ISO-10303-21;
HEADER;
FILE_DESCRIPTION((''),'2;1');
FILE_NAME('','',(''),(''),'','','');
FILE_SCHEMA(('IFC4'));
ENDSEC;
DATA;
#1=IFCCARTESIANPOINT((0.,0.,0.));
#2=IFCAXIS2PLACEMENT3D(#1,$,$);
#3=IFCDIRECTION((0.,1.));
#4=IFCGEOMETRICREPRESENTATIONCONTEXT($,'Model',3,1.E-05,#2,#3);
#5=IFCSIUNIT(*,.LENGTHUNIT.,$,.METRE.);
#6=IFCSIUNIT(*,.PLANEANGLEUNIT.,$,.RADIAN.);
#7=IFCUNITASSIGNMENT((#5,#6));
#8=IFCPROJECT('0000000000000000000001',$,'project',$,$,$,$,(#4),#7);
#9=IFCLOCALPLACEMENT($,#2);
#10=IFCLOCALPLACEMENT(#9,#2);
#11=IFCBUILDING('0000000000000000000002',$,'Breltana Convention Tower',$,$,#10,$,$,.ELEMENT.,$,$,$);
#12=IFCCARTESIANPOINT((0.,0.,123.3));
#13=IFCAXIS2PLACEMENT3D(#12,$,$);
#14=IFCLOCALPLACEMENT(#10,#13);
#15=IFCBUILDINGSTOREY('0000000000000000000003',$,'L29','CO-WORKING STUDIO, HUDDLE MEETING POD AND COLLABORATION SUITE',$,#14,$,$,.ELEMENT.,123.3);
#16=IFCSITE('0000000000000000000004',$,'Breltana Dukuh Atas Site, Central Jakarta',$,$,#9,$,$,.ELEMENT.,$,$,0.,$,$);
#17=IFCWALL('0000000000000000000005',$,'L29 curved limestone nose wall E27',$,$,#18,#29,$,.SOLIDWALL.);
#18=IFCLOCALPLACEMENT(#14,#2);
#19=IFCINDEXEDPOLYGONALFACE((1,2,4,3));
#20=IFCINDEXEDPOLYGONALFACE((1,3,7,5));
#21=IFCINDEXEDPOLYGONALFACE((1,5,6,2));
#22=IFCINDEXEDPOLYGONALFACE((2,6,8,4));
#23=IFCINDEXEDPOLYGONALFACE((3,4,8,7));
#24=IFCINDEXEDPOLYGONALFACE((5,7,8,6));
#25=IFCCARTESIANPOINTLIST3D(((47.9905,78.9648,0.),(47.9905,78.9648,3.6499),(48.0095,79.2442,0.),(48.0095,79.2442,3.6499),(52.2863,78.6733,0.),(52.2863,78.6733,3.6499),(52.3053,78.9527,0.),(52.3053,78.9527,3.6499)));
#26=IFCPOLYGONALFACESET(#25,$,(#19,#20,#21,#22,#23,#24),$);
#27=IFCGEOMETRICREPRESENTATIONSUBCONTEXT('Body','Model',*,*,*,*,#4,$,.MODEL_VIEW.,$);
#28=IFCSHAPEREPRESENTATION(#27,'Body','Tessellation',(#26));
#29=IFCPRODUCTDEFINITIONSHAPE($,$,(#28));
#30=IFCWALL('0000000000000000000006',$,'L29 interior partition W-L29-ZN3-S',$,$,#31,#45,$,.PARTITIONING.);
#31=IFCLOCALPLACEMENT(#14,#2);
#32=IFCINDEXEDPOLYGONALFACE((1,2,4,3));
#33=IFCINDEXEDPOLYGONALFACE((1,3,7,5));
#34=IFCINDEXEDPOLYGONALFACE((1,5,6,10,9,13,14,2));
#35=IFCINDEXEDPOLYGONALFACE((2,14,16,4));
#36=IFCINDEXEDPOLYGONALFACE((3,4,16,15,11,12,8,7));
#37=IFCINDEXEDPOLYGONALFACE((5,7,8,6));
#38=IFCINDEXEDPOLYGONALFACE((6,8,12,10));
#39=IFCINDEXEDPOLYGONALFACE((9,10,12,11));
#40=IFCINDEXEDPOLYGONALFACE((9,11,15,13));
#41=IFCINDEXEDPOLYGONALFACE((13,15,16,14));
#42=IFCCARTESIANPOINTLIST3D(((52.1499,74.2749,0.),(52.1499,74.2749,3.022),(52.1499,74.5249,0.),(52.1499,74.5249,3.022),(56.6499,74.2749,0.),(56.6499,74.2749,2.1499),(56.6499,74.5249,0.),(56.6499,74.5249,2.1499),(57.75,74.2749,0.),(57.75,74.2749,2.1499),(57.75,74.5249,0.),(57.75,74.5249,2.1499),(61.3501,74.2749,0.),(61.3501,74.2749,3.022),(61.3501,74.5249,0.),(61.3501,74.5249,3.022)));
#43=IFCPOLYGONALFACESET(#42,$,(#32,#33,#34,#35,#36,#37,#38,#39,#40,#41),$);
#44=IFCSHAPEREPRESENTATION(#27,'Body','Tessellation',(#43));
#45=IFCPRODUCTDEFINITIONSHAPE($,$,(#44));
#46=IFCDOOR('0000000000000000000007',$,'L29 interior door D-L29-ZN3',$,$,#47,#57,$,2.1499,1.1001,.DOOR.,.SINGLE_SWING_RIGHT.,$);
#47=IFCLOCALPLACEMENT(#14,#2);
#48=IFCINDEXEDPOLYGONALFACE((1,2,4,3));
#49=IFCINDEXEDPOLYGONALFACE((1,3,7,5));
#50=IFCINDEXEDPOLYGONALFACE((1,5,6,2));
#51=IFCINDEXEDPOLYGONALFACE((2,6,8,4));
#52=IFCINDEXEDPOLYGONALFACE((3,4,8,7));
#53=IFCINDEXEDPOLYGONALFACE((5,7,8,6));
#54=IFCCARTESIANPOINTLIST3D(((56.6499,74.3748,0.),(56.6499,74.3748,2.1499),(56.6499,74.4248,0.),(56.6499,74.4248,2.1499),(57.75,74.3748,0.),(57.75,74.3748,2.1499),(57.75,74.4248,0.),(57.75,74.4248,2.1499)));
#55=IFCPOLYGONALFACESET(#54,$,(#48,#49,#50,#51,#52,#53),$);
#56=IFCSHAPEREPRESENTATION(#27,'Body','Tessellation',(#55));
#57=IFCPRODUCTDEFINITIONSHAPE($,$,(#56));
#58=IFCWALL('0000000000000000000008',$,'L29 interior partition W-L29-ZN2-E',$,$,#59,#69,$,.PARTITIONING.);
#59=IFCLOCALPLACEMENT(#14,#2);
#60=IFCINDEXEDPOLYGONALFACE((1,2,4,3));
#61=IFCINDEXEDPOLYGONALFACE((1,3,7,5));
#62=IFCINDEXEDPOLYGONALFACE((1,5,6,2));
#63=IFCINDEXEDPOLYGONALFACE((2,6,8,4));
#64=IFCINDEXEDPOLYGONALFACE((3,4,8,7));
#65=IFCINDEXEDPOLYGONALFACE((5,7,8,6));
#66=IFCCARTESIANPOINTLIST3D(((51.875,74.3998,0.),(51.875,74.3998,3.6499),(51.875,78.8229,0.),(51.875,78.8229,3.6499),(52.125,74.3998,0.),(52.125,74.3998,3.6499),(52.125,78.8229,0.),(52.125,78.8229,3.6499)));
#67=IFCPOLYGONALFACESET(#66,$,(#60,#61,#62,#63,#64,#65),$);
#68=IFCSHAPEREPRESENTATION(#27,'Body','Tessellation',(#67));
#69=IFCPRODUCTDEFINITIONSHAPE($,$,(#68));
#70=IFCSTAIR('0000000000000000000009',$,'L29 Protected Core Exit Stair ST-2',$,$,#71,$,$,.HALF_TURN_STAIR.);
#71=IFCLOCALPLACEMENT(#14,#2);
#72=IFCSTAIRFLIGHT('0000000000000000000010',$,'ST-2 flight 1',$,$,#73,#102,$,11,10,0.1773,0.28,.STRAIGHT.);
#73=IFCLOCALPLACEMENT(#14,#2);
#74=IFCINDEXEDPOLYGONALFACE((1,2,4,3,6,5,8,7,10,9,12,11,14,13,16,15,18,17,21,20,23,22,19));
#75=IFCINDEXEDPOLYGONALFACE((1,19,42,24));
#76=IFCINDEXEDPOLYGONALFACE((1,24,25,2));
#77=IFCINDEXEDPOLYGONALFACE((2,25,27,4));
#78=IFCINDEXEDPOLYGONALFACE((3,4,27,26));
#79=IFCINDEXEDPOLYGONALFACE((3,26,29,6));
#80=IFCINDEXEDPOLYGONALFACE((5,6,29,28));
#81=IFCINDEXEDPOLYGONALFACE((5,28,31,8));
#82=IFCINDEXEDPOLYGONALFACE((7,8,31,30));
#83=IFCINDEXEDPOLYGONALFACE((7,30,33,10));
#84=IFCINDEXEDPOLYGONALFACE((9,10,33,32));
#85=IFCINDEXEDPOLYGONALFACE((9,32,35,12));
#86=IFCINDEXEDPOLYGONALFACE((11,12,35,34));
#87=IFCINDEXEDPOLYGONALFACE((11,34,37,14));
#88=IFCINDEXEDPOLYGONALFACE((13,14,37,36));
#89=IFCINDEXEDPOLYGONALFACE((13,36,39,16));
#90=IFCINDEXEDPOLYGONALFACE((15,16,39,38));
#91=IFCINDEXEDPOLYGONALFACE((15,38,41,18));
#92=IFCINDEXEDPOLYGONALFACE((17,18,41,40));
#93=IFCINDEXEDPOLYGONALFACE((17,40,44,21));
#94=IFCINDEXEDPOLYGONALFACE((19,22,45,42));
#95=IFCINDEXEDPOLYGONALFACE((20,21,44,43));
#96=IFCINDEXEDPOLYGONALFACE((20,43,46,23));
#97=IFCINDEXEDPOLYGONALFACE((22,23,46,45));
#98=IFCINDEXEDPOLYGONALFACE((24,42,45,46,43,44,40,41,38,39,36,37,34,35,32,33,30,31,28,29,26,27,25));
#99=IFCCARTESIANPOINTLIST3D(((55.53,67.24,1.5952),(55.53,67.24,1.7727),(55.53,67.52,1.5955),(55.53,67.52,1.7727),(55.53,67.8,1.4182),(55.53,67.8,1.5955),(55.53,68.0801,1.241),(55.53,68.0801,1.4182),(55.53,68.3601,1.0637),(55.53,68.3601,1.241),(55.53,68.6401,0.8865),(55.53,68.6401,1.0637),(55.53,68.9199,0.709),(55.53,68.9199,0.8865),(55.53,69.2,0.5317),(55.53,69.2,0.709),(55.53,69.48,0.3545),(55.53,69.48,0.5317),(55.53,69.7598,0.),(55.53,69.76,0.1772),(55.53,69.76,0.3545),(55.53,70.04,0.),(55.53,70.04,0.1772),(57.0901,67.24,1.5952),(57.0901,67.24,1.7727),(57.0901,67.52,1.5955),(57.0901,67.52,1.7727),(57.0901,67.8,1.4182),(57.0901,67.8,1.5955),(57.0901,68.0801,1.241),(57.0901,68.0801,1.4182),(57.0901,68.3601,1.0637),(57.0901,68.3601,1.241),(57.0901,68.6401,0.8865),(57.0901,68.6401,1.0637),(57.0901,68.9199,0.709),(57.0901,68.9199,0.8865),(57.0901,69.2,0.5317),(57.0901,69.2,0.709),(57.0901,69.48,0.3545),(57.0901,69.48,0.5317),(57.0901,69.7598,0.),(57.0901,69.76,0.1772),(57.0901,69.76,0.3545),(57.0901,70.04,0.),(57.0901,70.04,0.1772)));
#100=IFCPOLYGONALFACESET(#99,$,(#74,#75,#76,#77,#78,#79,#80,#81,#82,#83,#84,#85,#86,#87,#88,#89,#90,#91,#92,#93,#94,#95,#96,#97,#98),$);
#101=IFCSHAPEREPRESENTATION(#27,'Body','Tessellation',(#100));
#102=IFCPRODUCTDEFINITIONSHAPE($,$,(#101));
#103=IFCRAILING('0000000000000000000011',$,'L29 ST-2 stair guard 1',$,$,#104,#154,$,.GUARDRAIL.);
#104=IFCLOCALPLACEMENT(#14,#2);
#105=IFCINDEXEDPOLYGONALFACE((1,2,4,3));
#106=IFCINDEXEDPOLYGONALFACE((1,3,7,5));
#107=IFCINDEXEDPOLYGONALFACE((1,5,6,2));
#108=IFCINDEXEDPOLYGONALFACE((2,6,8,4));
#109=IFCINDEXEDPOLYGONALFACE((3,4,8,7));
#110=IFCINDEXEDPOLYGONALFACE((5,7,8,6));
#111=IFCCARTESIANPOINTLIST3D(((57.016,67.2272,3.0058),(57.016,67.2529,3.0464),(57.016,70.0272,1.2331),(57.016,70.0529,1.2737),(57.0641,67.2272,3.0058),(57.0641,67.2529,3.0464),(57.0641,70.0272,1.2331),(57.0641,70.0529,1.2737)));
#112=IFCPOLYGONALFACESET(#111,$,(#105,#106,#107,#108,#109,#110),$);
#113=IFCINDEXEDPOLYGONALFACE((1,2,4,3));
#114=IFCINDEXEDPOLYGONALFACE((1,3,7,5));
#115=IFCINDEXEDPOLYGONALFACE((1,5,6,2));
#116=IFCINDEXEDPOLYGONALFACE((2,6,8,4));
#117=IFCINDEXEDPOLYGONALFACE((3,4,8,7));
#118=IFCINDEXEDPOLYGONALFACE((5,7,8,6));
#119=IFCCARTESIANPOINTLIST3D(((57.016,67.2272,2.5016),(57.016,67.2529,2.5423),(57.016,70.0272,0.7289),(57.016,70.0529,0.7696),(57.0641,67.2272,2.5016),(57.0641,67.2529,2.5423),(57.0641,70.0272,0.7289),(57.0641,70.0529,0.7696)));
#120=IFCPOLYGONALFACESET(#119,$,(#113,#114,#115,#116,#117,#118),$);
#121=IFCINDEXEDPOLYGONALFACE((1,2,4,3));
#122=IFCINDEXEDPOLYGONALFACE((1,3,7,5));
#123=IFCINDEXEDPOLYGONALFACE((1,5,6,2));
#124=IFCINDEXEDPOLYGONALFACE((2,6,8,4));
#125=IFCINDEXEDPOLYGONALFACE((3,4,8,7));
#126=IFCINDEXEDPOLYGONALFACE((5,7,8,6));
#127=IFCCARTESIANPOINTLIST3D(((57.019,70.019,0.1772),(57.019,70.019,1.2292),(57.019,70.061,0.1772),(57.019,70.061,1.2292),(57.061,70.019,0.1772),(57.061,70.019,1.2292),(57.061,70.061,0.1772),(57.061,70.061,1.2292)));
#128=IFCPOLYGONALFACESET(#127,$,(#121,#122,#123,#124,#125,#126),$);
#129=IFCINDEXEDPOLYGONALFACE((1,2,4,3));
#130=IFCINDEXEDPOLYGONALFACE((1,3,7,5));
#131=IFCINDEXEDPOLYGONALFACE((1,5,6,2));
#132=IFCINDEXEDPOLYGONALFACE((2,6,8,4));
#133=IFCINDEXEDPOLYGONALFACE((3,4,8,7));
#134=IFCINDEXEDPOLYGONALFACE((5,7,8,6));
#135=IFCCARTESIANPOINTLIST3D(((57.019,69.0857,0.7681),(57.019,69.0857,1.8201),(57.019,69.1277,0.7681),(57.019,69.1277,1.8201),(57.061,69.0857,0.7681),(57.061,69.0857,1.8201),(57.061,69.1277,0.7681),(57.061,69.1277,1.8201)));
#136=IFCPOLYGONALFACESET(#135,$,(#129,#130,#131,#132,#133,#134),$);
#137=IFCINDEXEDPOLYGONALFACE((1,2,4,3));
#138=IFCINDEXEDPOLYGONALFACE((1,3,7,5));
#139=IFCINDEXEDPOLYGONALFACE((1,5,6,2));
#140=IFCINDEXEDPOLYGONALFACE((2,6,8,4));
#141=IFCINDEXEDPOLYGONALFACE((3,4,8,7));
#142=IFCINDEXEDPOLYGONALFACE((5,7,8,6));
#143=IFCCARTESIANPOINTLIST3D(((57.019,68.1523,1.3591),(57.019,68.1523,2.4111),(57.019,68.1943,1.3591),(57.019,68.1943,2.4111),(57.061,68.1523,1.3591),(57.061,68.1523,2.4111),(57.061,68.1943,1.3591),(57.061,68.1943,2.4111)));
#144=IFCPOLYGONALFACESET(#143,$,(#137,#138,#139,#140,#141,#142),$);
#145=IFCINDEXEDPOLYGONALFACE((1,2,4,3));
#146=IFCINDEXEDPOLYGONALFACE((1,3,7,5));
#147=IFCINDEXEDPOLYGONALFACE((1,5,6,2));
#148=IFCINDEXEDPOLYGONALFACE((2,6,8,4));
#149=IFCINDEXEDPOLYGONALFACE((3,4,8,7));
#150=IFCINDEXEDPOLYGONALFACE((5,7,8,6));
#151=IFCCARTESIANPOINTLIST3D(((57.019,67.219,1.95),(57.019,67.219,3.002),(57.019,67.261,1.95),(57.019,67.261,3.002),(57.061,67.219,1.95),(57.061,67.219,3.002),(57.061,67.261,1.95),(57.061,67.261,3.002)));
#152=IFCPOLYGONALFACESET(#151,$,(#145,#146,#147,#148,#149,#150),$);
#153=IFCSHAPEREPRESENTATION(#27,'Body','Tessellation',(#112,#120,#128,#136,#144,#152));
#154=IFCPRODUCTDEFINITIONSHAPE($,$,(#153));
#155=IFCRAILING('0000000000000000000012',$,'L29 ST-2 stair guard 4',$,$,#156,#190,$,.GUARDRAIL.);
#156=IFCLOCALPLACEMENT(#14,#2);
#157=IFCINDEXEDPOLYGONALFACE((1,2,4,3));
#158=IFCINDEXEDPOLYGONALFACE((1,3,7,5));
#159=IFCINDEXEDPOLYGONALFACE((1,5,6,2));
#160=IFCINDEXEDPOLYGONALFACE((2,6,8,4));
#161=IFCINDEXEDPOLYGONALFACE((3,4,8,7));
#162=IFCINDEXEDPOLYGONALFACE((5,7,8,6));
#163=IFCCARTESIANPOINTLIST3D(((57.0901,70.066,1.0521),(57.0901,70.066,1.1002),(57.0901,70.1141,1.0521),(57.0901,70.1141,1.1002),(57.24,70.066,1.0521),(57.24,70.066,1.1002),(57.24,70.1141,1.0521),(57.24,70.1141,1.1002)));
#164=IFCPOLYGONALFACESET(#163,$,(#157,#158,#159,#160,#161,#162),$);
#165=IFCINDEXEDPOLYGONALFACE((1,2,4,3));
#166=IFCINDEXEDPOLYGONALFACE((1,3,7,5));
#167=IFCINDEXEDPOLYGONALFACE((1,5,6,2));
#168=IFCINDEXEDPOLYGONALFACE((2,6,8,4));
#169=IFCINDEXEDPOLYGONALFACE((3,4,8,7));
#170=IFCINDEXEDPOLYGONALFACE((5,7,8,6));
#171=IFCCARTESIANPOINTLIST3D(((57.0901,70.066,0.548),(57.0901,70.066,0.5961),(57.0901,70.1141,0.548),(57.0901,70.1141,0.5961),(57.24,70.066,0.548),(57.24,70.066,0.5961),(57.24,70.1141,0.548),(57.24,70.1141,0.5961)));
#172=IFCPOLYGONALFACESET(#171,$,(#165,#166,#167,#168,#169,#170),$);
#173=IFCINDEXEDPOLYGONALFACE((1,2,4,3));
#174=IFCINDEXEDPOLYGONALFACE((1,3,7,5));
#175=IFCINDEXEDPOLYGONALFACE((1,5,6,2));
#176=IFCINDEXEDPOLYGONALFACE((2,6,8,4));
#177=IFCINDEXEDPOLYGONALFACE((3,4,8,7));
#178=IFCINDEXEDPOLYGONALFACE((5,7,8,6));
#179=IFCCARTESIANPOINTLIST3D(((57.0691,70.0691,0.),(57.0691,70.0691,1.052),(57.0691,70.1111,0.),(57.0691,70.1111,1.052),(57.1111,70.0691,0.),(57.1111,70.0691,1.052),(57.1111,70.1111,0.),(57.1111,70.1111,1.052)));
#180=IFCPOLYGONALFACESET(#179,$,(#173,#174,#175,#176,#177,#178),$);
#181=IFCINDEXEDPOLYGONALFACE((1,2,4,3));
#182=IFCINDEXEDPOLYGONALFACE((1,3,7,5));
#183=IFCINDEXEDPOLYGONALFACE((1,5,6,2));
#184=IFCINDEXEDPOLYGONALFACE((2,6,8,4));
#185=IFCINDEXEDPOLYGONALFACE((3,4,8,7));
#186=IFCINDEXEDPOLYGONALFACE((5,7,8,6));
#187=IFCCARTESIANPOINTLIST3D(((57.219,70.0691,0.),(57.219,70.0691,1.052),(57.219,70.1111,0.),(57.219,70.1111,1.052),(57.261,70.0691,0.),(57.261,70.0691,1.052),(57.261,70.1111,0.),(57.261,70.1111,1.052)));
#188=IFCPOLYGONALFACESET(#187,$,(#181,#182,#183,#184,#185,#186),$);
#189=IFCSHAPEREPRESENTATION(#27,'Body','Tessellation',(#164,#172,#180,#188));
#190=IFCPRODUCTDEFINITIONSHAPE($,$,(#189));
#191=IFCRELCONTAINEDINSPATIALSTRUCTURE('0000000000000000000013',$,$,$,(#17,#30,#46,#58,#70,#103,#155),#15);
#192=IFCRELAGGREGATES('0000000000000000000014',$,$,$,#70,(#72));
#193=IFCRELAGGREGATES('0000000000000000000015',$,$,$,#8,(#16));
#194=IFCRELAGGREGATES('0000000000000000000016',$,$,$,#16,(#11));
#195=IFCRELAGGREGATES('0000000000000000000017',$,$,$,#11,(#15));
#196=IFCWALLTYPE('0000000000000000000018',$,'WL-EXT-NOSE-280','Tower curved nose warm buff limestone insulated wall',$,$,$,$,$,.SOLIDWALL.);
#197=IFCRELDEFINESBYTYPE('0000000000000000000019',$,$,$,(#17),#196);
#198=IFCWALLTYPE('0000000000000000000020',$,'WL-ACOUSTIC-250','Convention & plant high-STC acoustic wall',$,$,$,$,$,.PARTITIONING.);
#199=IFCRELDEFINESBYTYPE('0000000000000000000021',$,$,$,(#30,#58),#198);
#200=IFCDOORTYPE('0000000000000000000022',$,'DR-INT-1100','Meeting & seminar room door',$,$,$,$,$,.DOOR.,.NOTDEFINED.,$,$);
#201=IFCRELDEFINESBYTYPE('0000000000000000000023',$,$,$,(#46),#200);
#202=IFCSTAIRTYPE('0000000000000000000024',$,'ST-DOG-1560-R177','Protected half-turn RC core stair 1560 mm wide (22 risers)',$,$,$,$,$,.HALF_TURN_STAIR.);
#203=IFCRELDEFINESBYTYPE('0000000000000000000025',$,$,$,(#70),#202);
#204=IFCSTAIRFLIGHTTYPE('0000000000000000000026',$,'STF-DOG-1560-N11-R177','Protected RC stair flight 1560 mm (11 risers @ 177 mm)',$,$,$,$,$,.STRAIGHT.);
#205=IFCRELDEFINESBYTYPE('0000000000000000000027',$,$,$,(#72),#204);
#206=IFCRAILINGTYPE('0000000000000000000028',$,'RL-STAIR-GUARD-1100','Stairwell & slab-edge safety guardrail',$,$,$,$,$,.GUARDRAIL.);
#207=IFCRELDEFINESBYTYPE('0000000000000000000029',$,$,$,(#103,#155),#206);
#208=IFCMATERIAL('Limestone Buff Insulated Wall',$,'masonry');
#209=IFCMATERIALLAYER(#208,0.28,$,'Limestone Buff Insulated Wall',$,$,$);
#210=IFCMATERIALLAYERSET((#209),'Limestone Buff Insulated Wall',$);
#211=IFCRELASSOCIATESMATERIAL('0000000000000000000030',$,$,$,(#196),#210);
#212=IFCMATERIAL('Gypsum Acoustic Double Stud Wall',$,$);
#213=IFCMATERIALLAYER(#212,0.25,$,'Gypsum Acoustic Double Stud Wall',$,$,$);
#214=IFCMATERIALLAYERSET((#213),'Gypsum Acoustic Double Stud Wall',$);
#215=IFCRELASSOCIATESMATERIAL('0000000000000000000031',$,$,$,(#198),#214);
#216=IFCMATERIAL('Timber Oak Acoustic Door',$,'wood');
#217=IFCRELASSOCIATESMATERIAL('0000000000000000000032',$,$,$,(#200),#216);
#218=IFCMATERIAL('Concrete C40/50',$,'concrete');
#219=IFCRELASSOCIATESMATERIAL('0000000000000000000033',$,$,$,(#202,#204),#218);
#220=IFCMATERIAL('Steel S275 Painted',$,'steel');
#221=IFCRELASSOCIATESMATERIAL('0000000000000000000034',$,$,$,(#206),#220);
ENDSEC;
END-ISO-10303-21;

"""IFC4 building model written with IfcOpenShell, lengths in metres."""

from ifc_helpers import new_model, si_unit, direction, frame, frame_2d, origin, origin_2d, place, context, subcontext, project, spatial, polyline, rectangle, outline, extrude, source, transform, mapped, material, layer, layer_set, type_object, type_shapes, element, fill, aggregate, save


model = new_model("IFC4")

# Units and contexts
model_context = context("Model", 3, precision=1e-05, world=origin(), true_north=direction((0.0, 1.0)))
body_context = subcontext(model_context, "Body", "Model", "MODEL_VIEW")
ifc_project = project(units=[si_unit("LENGTHUNIT", "METRE"), si_unit("PLANEANGLEUNIT", "RADIAN")], contexts=[model_context])

# Site, building, storey
site_placement = place(None, origin())
site = spatial("IfcSite", under=ifc_project, at=site_placement, Name="Breltana Dukuh Atas Site, Central Jakarta", CompositionType="ELEMENT", RefElevation=0.0)
building_placement = place(site_placement, origin())
building = spatial("IfcBuilding", under=site, at=building_placement, Name="Breltana Convention Tower", CompositionType="ELEMENT")
storey_placement = place(building_placement, frame((0.0, 0.0, 123.3)))
storey = spatial("IfcBuildingStorey", under=building, at=storey_placement, Name="L29", Description="CO-WORKING STUDIO, HUDDLE MEETING POD AND COLLABORATION SUITE", CompositionType="ELEMENT", Elevation=123.3)

# Wall
ifc_material_1 = material(Name="Limestone Buff Insulated Wall", Category="masonry")
ifc_layer_1 = layer(ifc_material_1, 0.28, Name="Limestone Buff Insulated Wall")
ifc_layer_set_1 = layer_set([ifc_layer_1], Name="Limestone Buff Insulated Wall")
wall_type_1 = type_object("IfcWallType", Name="WL-EXT-NOSE-280", Description="Tower curved nose warm buff limestone insulated wall", PredefinedType="SOLIDWALL", material=ifc_layer_set_1)
shared_shape_1 = source(origin(), body_context, "Body", "SweptSolid", [
    extrude(rectangle(XDim=4.3057, YDim=0.28, at=frame_2d((2.1528, 0.0))), origin(), (0.0, 0.0, 1.0), 3.6499),
])
wall_1_placement = place(storey_placement, frame((48.0, 79.1045, 0.0), z_axis=(0.0, 0.0, 1.0), x_axis=(0.997706, -0.067701, 0.0)))
element("IfcWall", 1, at=wall_1_placement, inside=storey, type_object=wall_type_1, Name="L29 curved limestone nose wall E27", PredefinedType="SOLIDWALL", context=body_context, shape_type="MappedRepresentation", body=[
    mapped(shared_shape_1, transform((0.0, 0.0, 0.0), scale=1.0)),
])

# Wall, opening, door
ifc_material_2 = material(Name="Gypsum Acoustic Double Stud Wall")
ifc_layer_2 = layer(ifc_material_2, 0.25, Name="Gypsum Acoustic Double Stud Wall")
ifc_layer_set_2 = layer_set([ifc_layer_2], Name="Gypsum Acoustic Double Stud Wall")
wall_type_2 = type_object("IfcWallType", Name="WL-ACOUSTIC-250", Description="Convention & plant high-STC acoustic wall", PredefinedType="PARTITIONING", material=ifc_layer_set_2)
shared_shape_2 = source(origin(), body_context, "Body", "SweptSolid", [
    extrude(rectangle(XDim=9.2002, YDim=0.25, at=frame_2d((4.6001, 0.0))), origin(), (0.0, 0.0, 1.0), 3.022),
])
wall_2_placement = place(storey_placement, frame((52.1499, 74.3999, 0.0), z_axis=(0.0, 0.0, 1.0), x_axis=(1.0, 0.0, 0.0)))
wall_2 = element("IfcWall", 2, at=wall_2_placement, inside=storey, type_object=wall_type_2, Name="L29 interior partition W-L29-ZN3-S", PredefinedType="PARTITIONING", context=body_context, shape_type="MappedRepresentation", body=[
    mapped(shared_shape_2, transform((0.0, 0.0, 0.0), scale=1.0)),
])
opening_1_placement = place(wall_2_placement, frame((4.5, 0.0, 0.0)))
opening_1 = element("IfcOpeningElement", 3, at=opening_1_placement, cuts=wall_2, PredefinedType="OPENING", context=body_context, shape_type="SweptSolid", body=[
    extrude(rectangle(XDim=1.1001, YDim=2.1499, at=frame_2d((0.55, 1.075))), frame((0.0, 0.135, 0.0), z_axis=(0.0, -1.0, 0.0), x_axis=(1.0, 0.0, 0.0)), (0.0, 0.0, 1.0), 0.27),
])
ifc_material_3 = material(Name="Timber Oak Acoustic Door", Category="wood")
door_type_1 = type_object("IfcDoorType", Name="DR-INT-1100", Description="Meeting & seminar room door", OperationType="NOTDEFINED", PredefinedType="DOOR", material=ifc_material_3)
shared_shape_3 = source(origin(), body_context, "Body", "SweptSolid", [
    extrude(rectangle(XDim=1.1001, YDim=2.1499, at=frame_2d((0.55, 1.075))), frame((0.0, 0.0249, 0.0), z_axis=(0.0, -1.0, 0.0), x_axis=(1.0, 0.0, 0.0)), (0.0, 0.0, 1.0), 0.05),
])
type_shapes(door_type_1, [shared_shape_3])
door_1_placement = place(opening_1_placement, origin())
door_1 = element("IfcDoor", 4, at=door_1_placement, inside=storey, type_object=door_type_1, Name="L29 interior door D-L29-ZN3", OperationType="SINGLE_SWING_RIGHT", OverallHeight=2.1499, OverallWidth=1.1001, PredefinedType="DOOR", context=body_context, shape_type="MappedRepresentation", body=[
    mapped(shared_shape_3, transform((0.0, 0.0, 0.0), scale=1.0)),
])
fill(opening_1, door_1)

# Wall
shared_shape_4 = source(origin(), body_context, "Body", "SweptSolid", [
    extrude(rectangle(XDim=4.4231, YDim=0.25, at=frame_2d((2.2114, 0.0))), origin(), (0.0, 0.0, 1.0), 3.6499),
])
wall_3_placement = place(storey_placement, frame((52.0, 74.3999, 0.0), z_axis=(0.0, 0.0, 1.0), x_axis=(0.0, 1.0, 0.0)))
element("IfcWall", 5, at=wall_3_placement, inside=storey, type_object=wall_type_2, Name="L29 interior partition W-L29-ZN2-E", PredefinedType="PARTITIONING", context=body_context, shape_type="MappedRepresentation", body=[
    mapped(shared_shape_4, transform((0.0, 0.0, 0.0), scale=1.0)),
])

# Stair, stair flight
ifc_material_4 = material(Name="Concrete C40/50", Category="concrete")
stair_type = type_object("IfcStairType", Name="ST-DOG-1560-R177", Description="Protected half-turn RC core stair 1560 mm wide (22 risers)", PredefinedType="HALF_TURN_STAIR", material=ifc_material_4)
stair_placement = place(storey_placement, origin())
stair = element("IfcStair", 6, at=stair_placement, inside=storey, type_object=stair_type, Name="L29 Protected Core Exit Stair ST-2", PredefinedType="HALF_TURN_STAIR")
stair_flight_type = type_object("IfcStairFlightType", Name="STF-DOG-1560-N11-R177", Description="Protected RC stair flight 1560 mm (11 risers @ 177 mm)", PredefinedType="STRAIGHT", material=ifc_material_4)
stair_flight_placement = place(storey_placement, frame((56.3101, 70.04, 0.0), z_axis=(0.0, 0.0, 1.0), x_axis=(0.0, -1.0, 0.0)))
stair_flight = element("IfcStairFlight", 7, at=stair_flight_placement, type_object=stair_flight_type, Name="ST-2 flight 1", NumberOfRisers=11, NumberOfTreads=10, PredefinedType="STRAIGHT", RiserHeight=0.1773, TreadLength=0.28, context=body_context, shape_type="SweptSolid", body=[
    extrude(outline(polyline([(0.0, 0.0), (0.0, 0.1772), (0.28, 0.1772), (0.28, 0.3545), (0.5601, 0.3545), (0.5601, 0.5317), (0.8401, 0.5317), (0.8401, 0.709), (1.1201, 0.709), (1.1201, 0.8865), (1.3999, 0.8865), (1.3999, 1.0637), (1.6799, 1.0637), (1.6799, 1.241), (1.96, 1.241), (1.96, 1.4182), (2.24, 1.4182), (2.24, 1.5955), (2.52, 1.5955), (2.52, 1.7727), (2.8, 1.7727), (2.8, 1.95), (2.8, 1.5952), (0.2803, 0.0), (0.0, 0.0)])), frame((0.0, 0.78, 0.0), z_axis=(0.0, -1.0, 0.0), x_axis=(1.0, 0.0, 0.0)), (0.0, 0.0, 1.0), 1.5601),
])
aggregate(stair, [stair_flight])

# Railings
ifc_material_5 = material(Name="Steel S275 Painted", Category="steel")
railing_type_1 = type_object("IfcRailingType", Name="RL-STAIR-GUARD-1100", Description="Stairwell & slab-edge safety guardrail", PredefinedType="GUARDRAIL", material=ifc_material_5)
railing_1_placement = place(storey_placement, frame((57.04, 70.04, 0.1772)))
element("IfcRailing", 8, at=railing_1_placement, inside=storey, type_object=railing_type_1, Name="L29 ST-2 stair guard 1", PredefinedType="GUARDRAIL", context=body_context, shape_type="SweptSolid", body=[
    extrude(rectangle(XDim=0.0481, YDim=0.0481, at=origin_2d()), frame((0.0, 0.0, 1.0762), z_axis=(0.0, -0.844909, 0.53491), x_axis=(1.0, 0.0, 0.0)), (0.0, 0.0, 1.0), 3.314),
    extrude(rectangle(XDim=0.0481, YDim=0.0481, at=origin_2d()), frame((0.0, 0.0, 0.572), z_axis=(0.0, -0.844909, 0.53491), x_axis=(1.0, 0.0, 0.0)), (0.0, 0.0, 1.0), 3.314),
    extrude(rectangle(XDim=0.042, YDim=0.042, at=origin_2d()), origin(), (0.0, 0.0, 1.0), 1.052),
    extrude(rectangle(XDim=0.042, YDim=0.042, at=origin_2d()), frame((0.0, -0.9333, 0.5908)), (0.0, 0.0, 1.0), 1.052),
    extrude(rectangle(XDim=0.042, YDim=0.042, at=origin_2d()), frame((0.0, -1.8667, 1.1819)), (0.0, 0.0, 1.0), 1.052),
    extrude(rectangle(XDim=0.042, YDim=0.042, at=origin_2d()), frame((0.0, -2.8, 1.7727)), (0.0, 0.0, 1.0), 1.052),
])
railing_2_placement = place(storey_placement, frame((57.0901, 70.0901, 0.0)))
element("IfcRailing", 9, at=railing_2_placement, inside=storey, type_object=railing_type_1, Name="L29 ST-2 stair guard 4", PredefinedType="GUARDRAIL", context=body_context, shape_type="SweptSolid", body=[
    extrude(rectangle(XDim=0.0481, YDim=0.0481, at=origin_2d()), frame((0.0, 0.0, 1.0762), z_axis=(1.0, 0.0, 0.0), x_axis=(0.0, 1.0, 0.0)), (0.0, 0.0, 1.0), 0.1499),
    extrude(rectangle(XDim=0.0481, YDim=0.0481, at=origin_2d()), frame((0.0, 0.0, 0.572), z_axis=(1.0, 0.0, 0.0), x_axis=(0.0, 1.0, 0.0)), (0.0, 0.0, 1.0), 0.1499),
    extrude(rectangle(XDim=0.042, YDim=0.042, at=origin_2d()), origin(), (0.0, 0.0, 1.0), 1.052),
    extrude(rectangle(XDim=0.042, YDim=0.042, at=origin_2d()), frame((0.1499, 0.0, 0.0)), (0.0, 0.0, 1.0), 1.052),
])

save(model, "model.ifc")
